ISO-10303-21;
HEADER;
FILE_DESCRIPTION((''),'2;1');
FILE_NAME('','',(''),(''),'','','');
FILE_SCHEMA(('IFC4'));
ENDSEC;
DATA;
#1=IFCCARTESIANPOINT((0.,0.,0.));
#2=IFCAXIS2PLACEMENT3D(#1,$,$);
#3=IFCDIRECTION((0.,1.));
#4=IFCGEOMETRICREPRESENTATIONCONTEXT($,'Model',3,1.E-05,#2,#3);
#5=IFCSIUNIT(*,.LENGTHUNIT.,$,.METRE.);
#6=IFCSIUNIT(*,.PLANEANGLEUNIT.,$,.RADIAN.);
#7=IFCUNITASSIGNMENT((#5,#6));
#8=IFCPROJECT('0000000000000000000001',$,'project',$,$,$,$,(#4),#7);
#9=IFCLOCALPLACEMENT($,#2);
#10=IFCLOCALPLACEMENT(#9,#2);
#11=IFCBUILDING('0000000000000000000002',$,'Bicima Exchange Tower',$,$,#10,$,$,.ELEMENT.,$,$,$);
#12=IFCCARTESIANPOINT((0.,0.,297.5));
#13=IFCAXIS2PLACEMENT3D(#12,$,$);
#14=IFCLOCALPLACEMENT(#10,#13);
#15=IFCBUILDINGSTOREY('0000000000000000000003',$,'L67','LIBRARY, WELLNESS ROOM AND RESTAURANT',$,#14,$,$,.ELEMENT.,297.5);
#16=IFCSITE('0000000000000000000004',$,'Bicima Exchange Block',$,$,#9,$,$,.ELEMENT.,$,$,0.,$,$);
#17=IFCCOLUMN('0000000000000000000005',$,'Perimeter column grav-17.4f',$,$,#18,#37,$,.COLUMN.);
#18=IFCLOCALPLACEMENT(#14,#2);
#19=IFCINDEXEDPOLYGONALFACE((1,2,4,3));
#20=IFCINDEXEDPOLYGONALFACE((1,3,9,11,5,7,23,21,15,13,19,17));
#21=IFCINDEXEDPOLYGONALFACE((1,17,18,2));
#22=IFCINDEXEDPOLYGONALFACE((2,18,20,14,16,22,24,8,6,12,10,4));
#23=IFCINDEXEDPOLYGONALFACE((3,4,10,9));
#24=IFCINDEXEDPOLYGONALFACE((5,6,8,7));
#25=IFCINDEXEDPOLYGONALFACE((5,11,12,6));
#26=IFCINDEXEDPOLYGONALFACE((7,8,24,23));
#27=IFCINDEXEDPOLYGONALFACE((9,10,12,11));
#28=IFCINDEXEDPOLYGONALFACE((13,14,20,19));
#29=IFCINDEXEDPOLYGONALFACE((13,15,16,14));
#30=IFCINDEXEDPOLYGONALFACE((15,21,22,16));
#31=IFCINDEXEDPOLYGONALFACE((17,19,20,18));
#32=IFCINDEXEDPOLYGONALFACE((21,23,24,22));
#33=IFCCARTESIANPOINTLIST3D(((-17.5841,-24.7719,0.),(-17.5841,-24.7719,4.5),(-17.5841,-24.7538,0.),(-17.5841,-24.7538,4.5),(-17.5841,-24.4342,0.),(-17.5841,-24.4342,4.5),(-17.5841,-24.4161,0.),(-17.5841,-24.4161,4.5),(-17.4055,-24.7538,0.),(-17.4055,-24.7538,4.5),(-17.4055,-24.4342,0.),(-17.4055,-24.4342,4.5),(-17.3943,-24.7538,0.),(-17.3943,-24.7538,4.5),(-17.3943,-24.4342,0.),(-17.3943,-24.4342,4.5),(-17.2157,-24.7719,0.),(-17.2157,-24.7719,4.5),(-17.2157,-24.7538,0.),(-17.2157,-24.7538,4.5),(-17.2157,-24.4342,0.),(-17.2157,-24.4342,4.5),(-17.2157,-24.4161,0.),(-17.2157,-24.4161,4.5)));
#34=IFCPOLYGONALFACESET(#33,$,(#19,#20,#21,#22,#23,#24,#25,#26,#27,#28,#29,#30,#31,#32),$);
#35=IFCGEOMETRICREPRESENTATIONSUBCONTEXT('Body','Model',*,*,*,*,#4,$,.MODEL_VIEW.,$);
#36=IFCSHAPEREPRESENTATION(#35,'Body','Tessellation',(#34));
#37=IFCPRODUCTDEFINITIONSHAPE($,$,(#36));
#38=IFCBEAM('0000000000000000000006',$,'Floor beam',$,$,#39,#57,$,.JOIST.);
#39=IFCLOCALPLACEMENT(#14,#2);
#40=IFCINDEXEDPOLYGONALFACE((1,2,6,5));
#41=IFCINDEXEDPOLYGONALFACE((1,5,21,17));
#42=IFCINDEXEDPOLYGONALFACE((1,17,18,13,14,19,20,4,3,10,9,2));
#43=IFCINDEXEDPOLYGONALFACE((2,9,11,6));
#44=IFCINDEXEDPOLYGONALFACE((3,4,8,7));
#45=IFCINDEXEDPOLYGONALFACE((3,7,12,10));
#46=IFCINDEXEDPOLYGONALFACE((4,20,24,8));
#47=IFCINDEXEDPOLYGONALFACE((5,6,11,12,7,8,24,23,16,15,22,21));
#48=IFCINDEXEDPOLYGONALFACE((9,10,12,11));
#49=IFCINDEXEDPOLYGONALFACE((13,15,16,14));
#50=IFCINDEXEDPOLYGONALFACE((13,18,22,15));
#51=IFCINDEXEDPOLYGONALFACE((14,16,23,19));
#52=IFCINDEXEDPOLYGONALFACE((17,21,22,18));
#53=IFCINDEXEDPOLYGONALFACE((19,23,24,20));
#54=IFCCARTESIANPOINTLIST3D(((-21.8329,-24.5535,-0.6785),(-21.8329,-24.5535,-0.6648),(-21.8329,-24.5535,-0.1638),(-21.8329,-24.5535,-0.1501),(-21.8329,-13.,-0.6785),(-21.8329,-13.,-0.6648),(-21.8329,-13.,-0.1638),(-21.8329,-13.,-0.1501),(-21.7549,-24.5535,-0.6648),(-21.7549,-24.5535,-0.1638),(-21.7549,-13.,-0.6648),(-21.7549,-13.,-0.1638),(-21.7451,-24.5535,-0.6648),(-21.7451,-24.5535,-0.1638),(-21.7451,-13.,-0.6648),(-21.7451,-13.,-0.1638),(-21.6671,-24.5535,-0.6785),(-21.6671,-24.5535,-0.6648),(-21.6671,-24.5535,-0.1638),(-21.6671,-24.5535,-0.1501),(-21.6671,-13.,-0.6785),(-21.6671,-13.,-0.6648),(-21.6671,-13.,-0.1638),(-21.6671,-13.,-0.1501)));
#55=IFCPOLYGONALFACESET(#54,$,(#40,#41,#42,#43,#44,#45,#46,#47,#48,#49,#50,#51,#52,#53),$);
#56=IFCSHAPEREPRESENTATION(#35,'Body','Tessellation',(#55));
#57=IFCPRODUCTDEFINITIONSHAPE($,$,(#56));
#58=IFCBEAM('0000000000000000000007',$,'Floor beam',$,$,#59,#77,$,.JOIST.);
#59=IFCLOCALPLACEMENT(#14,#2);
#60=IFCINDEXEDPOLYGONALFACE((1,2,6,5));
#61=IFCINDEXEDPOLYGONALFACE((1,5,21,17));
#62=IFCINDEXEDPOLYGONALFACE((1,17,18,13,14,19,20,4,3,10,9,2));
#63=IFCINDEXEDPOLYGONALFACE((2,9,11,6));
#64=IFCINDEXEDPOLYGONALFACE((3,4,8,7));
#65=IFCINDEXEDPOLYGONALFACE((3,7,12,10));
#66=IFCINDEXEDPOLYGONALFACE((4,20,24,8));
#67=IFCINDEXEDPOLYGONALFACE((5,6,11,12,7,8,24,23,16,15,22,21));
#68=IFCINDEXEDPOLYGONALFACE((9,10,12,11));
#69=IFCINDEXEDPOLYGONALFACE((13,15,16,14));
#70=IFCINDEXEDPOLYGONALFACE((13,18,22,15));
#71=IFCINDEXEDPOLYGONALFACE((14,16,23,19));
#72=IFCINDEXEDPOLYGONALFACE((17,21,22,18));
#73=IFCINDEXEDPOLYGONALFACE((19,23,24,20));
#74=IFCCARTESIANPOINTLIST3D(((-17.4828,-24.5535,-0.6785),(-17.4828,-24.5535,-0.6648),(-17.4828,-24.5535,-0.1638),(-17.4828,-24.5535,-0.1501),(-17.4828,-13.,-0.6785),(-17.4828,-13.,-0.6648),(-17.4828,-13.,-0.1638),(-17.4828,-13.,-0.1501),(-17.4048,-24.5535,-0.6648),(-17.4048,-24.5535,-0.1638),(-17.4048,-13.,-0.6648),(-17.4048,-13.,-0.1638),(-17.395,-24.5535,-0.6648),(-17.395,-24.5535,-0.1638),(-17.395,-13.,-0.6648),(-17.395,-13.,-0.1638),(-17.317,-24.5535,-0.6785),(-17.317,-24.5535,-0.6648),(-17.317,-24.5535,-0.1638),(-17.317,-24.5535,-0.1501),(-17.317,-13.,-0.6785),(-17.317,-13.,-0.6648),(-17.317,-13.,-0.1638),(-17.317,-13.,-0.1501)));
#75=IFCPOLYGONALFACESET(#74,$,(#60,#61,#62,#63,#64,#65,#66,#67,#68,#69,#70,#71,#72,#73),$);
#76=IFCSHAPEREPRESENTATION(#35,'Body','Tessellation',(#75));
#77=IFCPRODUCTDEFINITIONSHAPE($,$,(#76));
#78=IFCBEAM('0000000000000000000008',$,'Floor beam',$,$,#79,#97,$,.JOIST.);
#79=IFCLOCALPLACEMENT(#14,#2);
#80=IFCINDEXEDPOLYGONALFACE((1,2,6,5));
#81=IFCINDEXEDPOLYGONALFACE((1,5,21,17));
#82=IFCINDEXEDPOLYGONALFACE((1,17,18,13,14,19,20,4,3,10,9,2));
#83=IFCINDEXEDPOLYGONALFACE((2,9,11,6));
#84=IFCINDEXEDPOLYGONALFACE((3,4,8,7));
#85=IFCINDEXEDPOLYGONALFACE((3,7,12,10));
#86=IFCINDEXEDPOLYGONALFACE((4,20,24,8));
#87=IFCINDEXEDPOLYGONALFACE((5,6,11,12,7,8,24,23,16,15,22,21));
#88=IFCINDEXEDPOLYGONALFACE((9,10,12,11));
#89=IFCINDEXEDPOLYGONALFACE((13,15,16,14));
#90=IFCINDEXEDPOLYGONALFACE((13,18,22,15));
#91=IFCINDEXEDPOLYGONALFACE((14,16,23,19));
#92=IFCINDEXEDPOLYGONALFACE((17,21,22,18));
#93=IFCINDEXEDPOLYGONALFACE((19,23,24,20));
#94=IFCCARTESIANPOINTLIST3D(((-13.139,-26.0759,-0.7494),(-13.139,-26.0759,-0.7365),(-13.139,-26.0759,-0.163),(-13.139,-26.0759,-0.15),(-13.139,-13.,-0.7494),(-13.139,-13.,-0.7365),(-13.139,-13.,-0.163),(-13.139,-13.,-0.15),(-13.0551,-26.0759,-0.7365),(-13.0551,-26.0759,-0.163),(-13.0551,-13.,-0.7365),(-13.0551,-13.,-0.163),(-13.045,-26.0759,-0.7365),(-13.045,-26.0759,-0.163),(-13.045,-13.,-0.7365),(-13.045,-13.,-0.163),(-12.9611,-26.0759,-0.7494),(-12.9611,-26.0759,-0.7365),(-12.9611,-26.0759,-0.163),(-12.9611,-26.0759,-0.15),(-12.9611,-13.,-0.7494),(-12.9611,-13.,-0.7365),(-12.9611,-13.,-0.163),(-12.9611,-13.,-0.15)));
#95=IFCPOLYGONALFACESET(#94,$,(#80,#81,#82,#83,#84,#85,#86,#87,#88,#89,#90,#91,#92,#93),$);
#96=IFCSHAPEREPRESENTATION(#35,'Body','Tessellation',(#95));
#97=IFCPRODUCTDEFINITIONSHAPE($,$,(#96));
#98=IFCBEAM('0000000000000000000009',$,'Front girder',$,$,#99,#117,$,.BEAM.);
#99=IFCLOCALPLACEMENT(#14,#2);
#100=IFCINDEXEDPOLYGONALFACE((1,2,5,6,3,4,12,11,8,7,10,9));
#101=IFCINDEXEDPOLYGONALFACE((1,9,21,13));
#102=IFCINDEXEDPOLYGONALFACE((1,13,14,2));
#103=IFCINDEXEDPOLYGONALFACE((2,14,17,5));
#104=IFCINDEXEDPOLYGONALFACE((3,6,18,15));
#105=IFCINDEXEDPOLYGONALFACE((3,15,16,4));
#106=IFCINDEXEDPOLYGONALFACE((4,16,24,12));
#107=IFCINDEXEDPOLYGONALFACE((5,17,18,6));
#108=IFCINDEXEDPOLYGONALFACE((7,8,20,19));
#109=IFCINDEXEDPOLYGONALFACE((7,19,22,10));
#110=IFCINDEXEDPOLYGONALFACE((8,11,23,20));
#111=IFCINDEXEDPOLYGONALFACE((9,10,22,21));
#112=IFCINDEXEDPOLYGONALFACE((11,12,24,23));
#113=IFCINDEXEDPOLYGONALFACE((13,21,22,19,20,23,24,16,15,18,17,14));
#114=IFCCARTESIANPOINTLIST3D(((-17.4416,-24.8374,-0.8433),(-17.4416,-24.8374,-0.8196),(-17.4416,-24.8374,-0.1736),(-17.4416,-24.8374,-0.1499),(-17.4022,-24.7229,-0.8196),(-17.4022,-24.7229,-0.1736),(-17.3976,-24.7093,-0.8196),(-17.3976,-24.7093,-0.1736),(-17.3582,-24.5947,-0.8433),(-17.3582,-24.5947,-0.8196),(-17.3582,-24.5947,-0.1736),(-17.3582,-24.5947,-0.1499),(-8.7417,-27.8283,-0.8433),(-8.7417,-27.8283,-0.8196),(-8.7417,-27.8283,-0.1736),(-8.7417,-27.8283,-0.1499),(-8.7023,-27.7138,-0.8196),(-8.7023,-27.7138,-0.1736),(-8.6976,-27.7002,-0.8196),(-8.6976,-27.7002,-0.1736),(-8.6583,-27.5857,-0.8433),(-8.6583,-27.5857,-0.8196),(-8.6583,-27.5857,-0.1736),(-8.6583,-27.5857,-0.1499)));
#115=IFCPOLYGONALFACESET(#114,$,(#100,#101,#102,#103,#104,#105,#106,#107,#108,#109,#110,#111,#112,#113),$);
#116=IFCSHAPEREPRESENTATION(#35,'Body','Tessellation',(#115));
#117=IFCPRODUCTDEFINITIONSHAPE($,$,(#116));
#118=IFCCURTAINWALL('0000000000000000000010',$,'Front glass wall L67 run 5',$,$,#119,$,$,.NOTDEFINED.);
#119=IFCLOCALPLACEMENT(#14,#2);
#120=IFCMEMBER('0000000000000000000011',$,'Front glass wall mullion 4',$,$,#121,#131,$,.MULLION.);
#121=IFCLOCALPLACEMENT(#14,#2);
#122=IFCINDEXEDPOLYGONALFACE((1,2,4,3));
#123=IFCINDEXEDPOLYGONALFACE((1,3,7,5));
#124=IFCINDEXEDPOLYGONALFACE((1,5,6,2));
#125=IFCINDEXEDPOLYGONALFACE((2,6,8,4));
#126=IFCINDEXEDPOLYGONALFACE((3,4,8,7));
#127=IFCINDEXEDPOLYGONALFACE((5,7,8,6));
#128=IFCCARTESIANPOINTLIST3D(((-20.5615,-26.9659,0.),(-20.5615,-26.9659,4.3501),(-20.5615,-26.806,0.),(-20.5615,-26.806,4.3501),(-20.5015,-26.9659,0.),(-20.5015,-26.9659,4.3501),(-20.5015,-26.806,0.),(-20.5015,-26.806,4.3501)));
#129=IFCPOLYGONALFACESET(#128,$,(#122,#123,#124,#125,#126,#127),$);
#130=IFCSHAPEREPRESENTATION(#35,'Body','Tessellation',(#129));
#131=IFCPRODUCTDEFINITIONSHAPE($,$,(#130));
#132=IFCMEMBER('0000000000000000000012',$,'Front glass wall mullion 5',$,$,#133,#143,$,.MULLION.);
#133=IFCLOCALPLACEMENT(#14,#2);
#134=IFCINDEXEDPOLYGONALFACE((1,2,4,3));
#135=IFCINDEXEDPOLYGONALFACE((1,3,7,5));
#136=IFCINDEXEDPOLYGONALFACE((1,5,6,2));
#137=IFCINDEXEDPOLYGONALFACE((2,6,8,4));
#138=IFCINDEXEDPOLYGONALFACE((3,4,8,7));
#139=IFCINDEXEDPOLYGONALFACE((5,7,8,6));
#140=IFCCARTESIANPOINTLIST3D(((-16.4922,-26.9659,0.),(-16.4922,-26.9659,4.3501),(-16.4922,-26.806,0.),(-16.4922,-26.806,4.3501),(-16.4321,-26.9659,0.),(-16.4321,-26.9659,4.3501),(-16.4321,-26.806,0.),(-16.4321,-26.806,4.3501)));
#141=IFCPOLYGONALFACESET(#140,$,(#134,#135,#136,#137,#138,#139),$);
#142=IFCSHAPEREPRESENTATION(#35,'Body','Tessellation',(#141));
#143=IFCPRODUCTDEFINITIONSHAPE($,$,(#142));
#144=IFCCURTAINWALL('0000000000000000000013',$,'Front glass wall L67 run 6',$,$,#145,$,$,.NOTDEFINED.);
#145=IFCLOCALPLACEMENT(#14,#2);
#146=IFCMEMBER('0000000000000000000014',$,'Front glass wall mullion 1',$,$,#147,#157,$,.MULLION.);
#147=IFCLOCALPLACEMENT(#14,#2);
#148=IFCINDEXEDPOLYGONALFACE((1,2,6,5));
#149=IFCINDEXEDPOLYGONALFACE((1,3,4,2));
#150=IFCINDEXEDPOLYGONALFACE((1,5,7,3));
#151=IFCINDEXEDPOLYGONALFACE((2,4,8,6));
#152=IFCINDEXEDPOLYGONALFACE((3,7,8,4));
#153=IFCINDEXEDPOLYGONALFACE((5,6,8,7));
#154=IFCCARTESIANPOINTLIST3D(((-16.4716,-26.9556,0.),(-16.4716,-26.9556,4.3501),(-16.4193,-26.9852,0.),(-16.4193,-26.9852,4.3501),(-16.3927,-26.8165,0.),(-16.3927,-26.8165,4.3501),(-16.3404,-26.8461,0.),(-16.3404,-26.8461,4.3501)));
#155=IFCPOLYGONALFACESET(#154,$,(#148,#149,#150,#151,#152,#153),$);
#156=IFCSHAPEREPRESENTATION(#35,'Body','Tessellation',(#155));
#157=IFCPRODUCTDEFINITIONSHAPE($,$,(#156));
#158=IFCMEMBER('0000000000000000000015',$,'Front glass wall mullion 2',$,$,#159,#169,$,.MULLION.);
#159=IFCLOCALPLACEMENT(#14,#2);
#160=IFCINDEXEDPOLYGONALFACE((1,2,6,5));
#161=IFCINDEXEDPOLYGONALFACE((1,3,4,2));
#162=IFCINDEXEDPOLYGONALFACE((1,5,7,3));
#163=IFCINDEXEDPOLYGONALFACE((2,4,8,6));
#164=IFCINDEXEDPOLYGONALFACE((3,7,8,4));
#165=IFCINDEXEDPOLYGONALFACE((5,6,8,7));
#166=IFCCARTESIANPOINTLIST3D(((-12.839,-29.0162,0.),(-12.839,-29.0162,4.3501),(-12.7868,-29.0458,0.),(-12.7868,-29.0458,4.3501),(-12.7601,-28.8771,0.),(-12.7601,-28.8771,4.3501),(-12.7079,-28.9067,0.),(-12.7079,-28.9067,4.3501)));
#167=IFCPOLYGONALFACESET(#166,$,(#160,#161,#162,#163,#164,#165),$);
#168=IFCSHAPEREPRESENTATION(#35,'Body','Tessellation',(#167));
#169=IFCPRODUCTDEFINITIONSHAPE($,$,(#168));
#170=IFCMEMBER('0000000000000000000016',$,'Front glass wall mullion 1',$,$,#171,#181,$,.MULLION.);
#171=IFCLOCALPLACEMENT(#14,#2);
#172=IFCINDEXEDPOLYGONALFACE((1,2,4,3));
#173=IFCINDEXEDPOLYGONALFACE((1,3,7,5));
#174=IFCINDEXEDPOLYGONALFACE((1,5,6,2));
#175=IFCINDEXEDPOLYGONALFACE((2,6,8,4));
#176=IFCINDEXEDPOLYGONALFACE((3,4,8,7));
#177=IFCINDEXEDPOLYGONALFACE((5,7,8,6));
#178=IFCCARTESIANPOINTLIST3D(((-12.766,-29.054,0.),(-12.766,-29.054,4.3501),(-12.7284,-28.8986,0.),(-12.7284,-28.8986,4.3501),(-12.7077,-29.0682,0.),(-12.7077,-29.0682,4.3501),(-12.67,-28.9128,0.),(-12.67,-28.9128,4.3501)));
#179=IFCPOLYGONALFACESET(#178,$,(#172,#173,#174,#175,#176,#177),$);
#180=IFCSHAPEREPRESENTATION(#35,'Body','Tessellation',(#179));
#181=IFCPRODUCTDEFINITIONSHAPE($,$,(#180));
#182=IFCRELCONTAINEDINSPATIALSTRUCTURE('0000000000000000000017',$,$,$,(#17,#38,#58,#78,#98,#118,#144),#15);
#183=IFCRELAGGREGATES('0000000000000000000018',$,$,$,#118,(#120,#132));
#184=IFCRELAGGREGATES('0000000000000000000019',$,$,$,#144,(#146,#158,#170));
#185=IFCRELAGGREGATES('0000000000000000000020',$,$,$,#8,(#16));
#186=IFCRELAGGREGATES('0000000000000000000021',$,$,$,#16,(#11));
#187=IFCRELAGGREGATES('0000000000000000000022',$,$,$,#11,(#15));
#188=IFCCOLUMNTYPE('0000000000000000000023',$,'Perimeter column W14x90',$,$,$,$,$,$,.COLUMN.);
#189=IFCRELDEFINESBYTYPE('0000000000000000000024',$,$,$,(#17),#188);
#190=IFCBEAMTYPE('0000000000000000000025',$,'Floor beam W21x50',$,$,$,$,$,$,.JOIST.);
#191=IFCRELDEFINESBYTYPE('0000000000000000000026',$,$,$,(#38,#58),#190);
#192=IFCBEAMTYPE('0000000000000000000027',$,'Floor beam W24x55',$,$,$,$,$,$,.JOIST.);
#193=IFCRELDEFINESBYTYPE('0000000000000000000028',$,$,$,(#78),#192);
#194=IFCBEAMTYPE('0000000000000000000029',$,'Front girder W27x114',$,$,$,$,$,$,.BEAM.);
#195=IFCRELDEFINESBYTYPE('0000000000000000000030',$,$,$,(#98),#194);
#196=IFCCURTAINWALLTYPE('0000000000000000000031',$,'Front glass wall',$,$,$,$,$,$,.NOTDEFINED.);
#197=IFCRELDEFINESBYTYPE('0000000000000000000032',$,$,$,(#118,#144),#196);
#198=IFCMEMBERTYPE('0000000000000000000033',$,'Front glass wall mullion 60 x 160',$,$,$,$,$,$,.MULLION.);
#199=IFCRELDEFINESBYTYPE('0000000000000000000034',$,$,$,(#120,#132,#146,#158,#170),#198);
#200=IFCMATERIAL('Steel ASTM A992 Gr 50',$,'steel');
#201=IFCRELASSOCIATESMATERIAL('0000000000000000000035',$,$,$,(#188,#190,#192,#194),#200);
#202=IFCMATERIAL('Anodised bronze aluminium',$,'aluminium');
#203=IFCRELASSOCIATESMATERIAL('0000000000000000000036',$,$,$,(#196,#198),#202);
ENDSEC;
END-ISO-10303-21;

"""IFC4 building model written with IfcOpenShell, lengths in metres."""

from ifc_helpers import new_model, si_unit, direction, frame, origin, origin_2d, place, context, subcontext, project, spatial, rectangle, i_section, extrude, material, material_profile, profile_set, type_object, element, aggregate, save


model = new_model("IFC4")

# Units and contexts
model_context = context("Model", 3, precision=1e-05, world=origin(), true_north=direction((0.0, 1.0)))
body_context = subcontext(model_context, "Body", "Model", "MODEL_VIEW")
ifc_project = project(units=[si_unit("LENGTHUNIT", "METRE"), si_unit("PLANEANGLEUNIT", "RADIAN")], contexts=[model_context])

# Site, building, storey
site_placement = place(None, origin())
site = spatial("IfcSite", under=ifc_project, at=site_placement, Name="Bicima Exchange Block", CompositionType="ELEMENT", RefElevation=0.0)
building_placement = place(site_placement, origin())
building = spatial("IfcBuilding", under=site, at=building_placement, Name="Bicima Exchange Tower", CompositionType="ELEMENT")
storey_placement = place(building_placement, frame((0.0, 0.0, 297.5)))
storey = spatial("IfcBuildingStorey", under=building, at=storey_placement, Name="L67", Description="LIBRARY, WELLNESS ROOM AND RESTAURANT", CompositionType="ELEMENT", Elevation=297.5)

# Column
ifc_material_1 = material(Name="Steel ASTM A992 Gr 50", Category="steel")
ifc_material_profile_1 = material_profile(ifc_material_1, i_section(OverallWidth=0.3684, OverallDepth=0.3557, WebThickness=0.0112, FlangeThickness=0.0181, at=origin_2d()))
ifc_profile_set_1 = profile_set([ifc_material_profile_1], Name="Steel ASTM A992 Gr 50")
column_type = type_object("IfcColumnType", Name="Perimeter column W14x90", PredefinedType="COLUMN", material=ifc_profile_set_1)
column_placement = place(storey_placement, frame((-17.3999, -24.594, 0.0), z_axis=(0.0, 0.0, 1.0), x_axis=(1.0, 0.0, 0.0)))
element("IfcColumn", 1, at=column_placement, inside=storey, type_object=column_type, Name="Perimeter column grav-17.4f", PredefinedType="COLUMN", context=body_context, shape_type="SweptSolid", body=[
    extrude(i_section(OverallWidth=0.3684, OverallDepth=0.3557, WebThickness=0.0112, FlangeThickness=0.0181, at=origin_2d()), origin(), (0.0, 0.0, 1.0), 4.5),
])

# Beams
ifc_material_profile_2 = material_profile(ifc_material_1, i_section(OverallWidth=0.1658, OverallDepth=0.5283, WebThickness=0.0098, FlangeThickness=0.0137, at=origin_2d()))
ifc_profile_set_2 = profile_set([ifc_material_profile_2], Name="Steel ASTM A992 Gr 50")
beam_type_1 = type_object("IfcBeamType", Name="Floor beam W21x50", PredefinedType="JOIST", material=ifc_profile_set_2)
for number, where, z_axis, x_axis, name in (
    (2, (-21.75, -13.0, -0.4143), (0.0, -1.0, 0.0), (1.0, 0.0, 0.0), "Floor beam"),
    (3, (-17.3999, -13.0, -0.4143), (0.0, -1.0, 0.0), (1.0, 0.0, 0.0), "Floor beam"),
):
    element("IfcBeam", number, at=place(storey_placement, frame(where, z_axis=z_axis, x_axis=x_axis)), inside=storey, type_object=beam_type_1, Name=name, PredefinedType="JOIST", context=body_context, shape_type="SweptSolid", body=[
        extrude(i_section(OverallWidth=0.1658, OverallDepth=0.5283, WebThickness=0.0098, FlangeThickness=0.0137, at=origin_2d()), origin(), (0.0, 0.0, 1.0), 11.5535),
    ])
ifc_material_profile_3 = material_profile(ifc_material_1, i_section(OverallWidth=0.178, OverallDepth=0.5994, WebThickness=0.01, FlangeThickness=0.0129, at=origin_2d()))
ifc_profile_set_3 = profile_set([ifc_material_profile_3], Name="Steel ASTM A992 Gr 50")
beam_type_2 = type_object("IfcBeamType", Name="Floor beam W24x55", PredefinedType="JOIST", material=ifc_profile_set_3)
beam_1_placement = place(storey_placement, frame((-13.05, -13.0, -0.4497), z_axis=(0.0, -1.0, 0.0), x_axis=(1.0, 0.0, 0.0)))
element("IfcBeam", 4, at=beam_1_placement, inside=storey, type_object=beam_type_2, Name="Floor beam", PredefinedType="JOIST", context=body_context, shape_type="SweptSolid", body=[
    extrude(i_section(OverallWidth=0.178, OverallDepth=0.5994, WebThickness=0.01, FlangeThickness=0.0129, at=origin_2d()), origin(), (0.0, 0.0, 1.0), 13.0759),
])
ifc_material_profile_4 = material_profile(ifc_material_1, i_section(OverallWidth=0.2566, OverallDepth=0.6934, WebThickness=0.0144, FlangeThickness=0.0237, at=origin_2d()))
ifc_profile_set_4 = profile_set([ifc_material_profile_4], Name="Steel ASTM A992 Gr 50")
beam_type_3 = type_object("IfcBeamType", Name="Front girder W27x114", PredefinedType="BEAM", material=ifc_profile_set_4)
beam_2_placement = place(storey_placement, frame((-17.3999, -24.7161, -0.4966), z_axis=(0.945675, -0.325115, 0.0), x_axis=(0.325115, 0.945675, 0.0)))
element("IfcBeam", 5, at=beam_2_placement, inside=storey, type_object=beam_type_3, Name="Front girder", PredefinedType="BEAM", context=body_context, shape_type="SweptSolid", body=[
    extrude(i_section(OverallWidth=0.2566, OverallDepth=0.6934, WebThickness=0.0144, FlangeThickness=0.0237, at=origin_2d()), origin(), (0.0, 0.0, 1.0), 9.1997),
])

# Curtain walls, members
ifc_material_2 = material(Name="Anodised bronze aluminium", Category="aluminium")
curtain_wall_type = type_object("IfcCurtainWallType", Name="Front glass wall", PredefinedType="NOTDEFINED", material=ifc_material_2)
curtain_wall_1_placement = place(storey_placement, origin())
curtain_wall_1 = element("IfcCurtainWall", 6, at=curtain_wall_1_placement, inside=storey, type_object=curtain_wall_type, Name="Front glass wall L67 run 5", PredefinedType="NOTDEFINED")
ifc_material_profile_5 = material_profile(ifc_material_2, rectangle(XDim=0.1599, YDim=0.0601, at=origin_2d()))
ifc_profile_set_5 = profile_set([ifc_material_profile_5], Name="Anodised bronze aluminium")
member_type_1 = type_object("IfcMemberType", Name="Front glass wall mullion 60 x 160", PredefinedType="MULLION", material=ifc_profile_set_5)
member_1_placement = place(storey_placement, frame((-20.5315, -26.886, 0.0), z_axis=(0.0, 0.0, 1.0), x_axis=(0.0, 1.0, 0.0)))
member_1 = element("IfcMember", 7, at=member_1_placement, type_object=member_type_1, Name="Front glass wall mullion 4", PredefinedType="MULLION", context=body_context, shape_type="SweptSolid", body=[
    extrude(rectangle(XDim=0.1599, YDim=0.0601, at=origin_2d()), origin(), (0.0, 0.0, 1.0), 4.3501),
])
member_2_placement = place(storey_placement, frame((-16.4622, -26.886, 0.0), z_axis=(0.0, 0.0, 1.0), x_axis=(0.0, 1.0, 0.0)))
member_2 = element("IfcMember", 8, at=member_2_placement, type_object=member_type_1, Name="Front glass wall mullion 5", PredefinedType="MULLION", context=body_context, shape_type="SweptSolid", body=[
    extrude(rectangle(XDim=0.1599, YDim=0.0601, at=origin_2d()), origin(), (0.0, 0.0, 1.0), 4.3501),
])
curtain_wall_2_placement = place(storey_placement, origin())
curtain_wall_2 = element("IfcCurtainWall", 9, at=curtain_wall_2_placement, inside=storey, type_object=curtain_wall_type, Name="Front glass wall L67 run 6", PredefinedType="NOTDEFINED")
member_3_placement = place(storey_placement, frame((-16.406, -26.9009, 0.0), z_axis=(0.0, 0.0, 1.0), x_axis=(0.493395, 0.869805, 0.0)))
member_3 = element("IfcMember", 10, at=member_3_placement, type_object=member_type_1, Name="Front glass wall mullion 1", PredefinedType="MULLION", context=body_context, shape_type="SweptSolid", body=[
    extrude(rectangle(XDim=0.1599, YDim=0.0601, at=origin_2d()), origin(), (0.0, 0.0, 1.0), 4.3501),
])
member_4_placement = place(storey_placement, frame((-12.7734, -28.9614, 0.0), z_axis=(0.0, 0.0, 1.0), x_axis=(0.493395, 0.869805, 0.0)))
member_4 = element("IfcMember", 11, at=member_4_placement, type_object=member_type_1, Name="Front glass wall mullion 2", PredefinedType="MULLION", context=body_context, shape_type="SweptSolid", body=[
    extrude(rectangle(XDim=0.1599, YDim=0.0601, at=origin_2d()), origin(), (0.0, 0.0, 1.0), 4.3501),
])
member_5_placement = place(storey_placement, frame((-12.718, -28.9834, 0.0), z_axis=(0.0, 0.0, 1.0), x_axis=(0.235682, 0.97183, 0.0)))
member_5 = element("IfcMember", 12, at=member_5_placement, type_object=member_type_1, Name="Front glass wall mullion 1", PredefinedType="MULLION", context=body_context, shape_type="SweptSolid", body=[
    extrude(rectangle(XDim=0.1599, YDim=0.0601, at=origin_2d()), origin(), (0.0, 0.0, 1.0), 4.3501),
])

aggregate(curtain_wall_1, [member_1, member_2])
aggregate(curtain_wall_2, [member_3, member_4, member_5])

save(model, "model.ifc")
